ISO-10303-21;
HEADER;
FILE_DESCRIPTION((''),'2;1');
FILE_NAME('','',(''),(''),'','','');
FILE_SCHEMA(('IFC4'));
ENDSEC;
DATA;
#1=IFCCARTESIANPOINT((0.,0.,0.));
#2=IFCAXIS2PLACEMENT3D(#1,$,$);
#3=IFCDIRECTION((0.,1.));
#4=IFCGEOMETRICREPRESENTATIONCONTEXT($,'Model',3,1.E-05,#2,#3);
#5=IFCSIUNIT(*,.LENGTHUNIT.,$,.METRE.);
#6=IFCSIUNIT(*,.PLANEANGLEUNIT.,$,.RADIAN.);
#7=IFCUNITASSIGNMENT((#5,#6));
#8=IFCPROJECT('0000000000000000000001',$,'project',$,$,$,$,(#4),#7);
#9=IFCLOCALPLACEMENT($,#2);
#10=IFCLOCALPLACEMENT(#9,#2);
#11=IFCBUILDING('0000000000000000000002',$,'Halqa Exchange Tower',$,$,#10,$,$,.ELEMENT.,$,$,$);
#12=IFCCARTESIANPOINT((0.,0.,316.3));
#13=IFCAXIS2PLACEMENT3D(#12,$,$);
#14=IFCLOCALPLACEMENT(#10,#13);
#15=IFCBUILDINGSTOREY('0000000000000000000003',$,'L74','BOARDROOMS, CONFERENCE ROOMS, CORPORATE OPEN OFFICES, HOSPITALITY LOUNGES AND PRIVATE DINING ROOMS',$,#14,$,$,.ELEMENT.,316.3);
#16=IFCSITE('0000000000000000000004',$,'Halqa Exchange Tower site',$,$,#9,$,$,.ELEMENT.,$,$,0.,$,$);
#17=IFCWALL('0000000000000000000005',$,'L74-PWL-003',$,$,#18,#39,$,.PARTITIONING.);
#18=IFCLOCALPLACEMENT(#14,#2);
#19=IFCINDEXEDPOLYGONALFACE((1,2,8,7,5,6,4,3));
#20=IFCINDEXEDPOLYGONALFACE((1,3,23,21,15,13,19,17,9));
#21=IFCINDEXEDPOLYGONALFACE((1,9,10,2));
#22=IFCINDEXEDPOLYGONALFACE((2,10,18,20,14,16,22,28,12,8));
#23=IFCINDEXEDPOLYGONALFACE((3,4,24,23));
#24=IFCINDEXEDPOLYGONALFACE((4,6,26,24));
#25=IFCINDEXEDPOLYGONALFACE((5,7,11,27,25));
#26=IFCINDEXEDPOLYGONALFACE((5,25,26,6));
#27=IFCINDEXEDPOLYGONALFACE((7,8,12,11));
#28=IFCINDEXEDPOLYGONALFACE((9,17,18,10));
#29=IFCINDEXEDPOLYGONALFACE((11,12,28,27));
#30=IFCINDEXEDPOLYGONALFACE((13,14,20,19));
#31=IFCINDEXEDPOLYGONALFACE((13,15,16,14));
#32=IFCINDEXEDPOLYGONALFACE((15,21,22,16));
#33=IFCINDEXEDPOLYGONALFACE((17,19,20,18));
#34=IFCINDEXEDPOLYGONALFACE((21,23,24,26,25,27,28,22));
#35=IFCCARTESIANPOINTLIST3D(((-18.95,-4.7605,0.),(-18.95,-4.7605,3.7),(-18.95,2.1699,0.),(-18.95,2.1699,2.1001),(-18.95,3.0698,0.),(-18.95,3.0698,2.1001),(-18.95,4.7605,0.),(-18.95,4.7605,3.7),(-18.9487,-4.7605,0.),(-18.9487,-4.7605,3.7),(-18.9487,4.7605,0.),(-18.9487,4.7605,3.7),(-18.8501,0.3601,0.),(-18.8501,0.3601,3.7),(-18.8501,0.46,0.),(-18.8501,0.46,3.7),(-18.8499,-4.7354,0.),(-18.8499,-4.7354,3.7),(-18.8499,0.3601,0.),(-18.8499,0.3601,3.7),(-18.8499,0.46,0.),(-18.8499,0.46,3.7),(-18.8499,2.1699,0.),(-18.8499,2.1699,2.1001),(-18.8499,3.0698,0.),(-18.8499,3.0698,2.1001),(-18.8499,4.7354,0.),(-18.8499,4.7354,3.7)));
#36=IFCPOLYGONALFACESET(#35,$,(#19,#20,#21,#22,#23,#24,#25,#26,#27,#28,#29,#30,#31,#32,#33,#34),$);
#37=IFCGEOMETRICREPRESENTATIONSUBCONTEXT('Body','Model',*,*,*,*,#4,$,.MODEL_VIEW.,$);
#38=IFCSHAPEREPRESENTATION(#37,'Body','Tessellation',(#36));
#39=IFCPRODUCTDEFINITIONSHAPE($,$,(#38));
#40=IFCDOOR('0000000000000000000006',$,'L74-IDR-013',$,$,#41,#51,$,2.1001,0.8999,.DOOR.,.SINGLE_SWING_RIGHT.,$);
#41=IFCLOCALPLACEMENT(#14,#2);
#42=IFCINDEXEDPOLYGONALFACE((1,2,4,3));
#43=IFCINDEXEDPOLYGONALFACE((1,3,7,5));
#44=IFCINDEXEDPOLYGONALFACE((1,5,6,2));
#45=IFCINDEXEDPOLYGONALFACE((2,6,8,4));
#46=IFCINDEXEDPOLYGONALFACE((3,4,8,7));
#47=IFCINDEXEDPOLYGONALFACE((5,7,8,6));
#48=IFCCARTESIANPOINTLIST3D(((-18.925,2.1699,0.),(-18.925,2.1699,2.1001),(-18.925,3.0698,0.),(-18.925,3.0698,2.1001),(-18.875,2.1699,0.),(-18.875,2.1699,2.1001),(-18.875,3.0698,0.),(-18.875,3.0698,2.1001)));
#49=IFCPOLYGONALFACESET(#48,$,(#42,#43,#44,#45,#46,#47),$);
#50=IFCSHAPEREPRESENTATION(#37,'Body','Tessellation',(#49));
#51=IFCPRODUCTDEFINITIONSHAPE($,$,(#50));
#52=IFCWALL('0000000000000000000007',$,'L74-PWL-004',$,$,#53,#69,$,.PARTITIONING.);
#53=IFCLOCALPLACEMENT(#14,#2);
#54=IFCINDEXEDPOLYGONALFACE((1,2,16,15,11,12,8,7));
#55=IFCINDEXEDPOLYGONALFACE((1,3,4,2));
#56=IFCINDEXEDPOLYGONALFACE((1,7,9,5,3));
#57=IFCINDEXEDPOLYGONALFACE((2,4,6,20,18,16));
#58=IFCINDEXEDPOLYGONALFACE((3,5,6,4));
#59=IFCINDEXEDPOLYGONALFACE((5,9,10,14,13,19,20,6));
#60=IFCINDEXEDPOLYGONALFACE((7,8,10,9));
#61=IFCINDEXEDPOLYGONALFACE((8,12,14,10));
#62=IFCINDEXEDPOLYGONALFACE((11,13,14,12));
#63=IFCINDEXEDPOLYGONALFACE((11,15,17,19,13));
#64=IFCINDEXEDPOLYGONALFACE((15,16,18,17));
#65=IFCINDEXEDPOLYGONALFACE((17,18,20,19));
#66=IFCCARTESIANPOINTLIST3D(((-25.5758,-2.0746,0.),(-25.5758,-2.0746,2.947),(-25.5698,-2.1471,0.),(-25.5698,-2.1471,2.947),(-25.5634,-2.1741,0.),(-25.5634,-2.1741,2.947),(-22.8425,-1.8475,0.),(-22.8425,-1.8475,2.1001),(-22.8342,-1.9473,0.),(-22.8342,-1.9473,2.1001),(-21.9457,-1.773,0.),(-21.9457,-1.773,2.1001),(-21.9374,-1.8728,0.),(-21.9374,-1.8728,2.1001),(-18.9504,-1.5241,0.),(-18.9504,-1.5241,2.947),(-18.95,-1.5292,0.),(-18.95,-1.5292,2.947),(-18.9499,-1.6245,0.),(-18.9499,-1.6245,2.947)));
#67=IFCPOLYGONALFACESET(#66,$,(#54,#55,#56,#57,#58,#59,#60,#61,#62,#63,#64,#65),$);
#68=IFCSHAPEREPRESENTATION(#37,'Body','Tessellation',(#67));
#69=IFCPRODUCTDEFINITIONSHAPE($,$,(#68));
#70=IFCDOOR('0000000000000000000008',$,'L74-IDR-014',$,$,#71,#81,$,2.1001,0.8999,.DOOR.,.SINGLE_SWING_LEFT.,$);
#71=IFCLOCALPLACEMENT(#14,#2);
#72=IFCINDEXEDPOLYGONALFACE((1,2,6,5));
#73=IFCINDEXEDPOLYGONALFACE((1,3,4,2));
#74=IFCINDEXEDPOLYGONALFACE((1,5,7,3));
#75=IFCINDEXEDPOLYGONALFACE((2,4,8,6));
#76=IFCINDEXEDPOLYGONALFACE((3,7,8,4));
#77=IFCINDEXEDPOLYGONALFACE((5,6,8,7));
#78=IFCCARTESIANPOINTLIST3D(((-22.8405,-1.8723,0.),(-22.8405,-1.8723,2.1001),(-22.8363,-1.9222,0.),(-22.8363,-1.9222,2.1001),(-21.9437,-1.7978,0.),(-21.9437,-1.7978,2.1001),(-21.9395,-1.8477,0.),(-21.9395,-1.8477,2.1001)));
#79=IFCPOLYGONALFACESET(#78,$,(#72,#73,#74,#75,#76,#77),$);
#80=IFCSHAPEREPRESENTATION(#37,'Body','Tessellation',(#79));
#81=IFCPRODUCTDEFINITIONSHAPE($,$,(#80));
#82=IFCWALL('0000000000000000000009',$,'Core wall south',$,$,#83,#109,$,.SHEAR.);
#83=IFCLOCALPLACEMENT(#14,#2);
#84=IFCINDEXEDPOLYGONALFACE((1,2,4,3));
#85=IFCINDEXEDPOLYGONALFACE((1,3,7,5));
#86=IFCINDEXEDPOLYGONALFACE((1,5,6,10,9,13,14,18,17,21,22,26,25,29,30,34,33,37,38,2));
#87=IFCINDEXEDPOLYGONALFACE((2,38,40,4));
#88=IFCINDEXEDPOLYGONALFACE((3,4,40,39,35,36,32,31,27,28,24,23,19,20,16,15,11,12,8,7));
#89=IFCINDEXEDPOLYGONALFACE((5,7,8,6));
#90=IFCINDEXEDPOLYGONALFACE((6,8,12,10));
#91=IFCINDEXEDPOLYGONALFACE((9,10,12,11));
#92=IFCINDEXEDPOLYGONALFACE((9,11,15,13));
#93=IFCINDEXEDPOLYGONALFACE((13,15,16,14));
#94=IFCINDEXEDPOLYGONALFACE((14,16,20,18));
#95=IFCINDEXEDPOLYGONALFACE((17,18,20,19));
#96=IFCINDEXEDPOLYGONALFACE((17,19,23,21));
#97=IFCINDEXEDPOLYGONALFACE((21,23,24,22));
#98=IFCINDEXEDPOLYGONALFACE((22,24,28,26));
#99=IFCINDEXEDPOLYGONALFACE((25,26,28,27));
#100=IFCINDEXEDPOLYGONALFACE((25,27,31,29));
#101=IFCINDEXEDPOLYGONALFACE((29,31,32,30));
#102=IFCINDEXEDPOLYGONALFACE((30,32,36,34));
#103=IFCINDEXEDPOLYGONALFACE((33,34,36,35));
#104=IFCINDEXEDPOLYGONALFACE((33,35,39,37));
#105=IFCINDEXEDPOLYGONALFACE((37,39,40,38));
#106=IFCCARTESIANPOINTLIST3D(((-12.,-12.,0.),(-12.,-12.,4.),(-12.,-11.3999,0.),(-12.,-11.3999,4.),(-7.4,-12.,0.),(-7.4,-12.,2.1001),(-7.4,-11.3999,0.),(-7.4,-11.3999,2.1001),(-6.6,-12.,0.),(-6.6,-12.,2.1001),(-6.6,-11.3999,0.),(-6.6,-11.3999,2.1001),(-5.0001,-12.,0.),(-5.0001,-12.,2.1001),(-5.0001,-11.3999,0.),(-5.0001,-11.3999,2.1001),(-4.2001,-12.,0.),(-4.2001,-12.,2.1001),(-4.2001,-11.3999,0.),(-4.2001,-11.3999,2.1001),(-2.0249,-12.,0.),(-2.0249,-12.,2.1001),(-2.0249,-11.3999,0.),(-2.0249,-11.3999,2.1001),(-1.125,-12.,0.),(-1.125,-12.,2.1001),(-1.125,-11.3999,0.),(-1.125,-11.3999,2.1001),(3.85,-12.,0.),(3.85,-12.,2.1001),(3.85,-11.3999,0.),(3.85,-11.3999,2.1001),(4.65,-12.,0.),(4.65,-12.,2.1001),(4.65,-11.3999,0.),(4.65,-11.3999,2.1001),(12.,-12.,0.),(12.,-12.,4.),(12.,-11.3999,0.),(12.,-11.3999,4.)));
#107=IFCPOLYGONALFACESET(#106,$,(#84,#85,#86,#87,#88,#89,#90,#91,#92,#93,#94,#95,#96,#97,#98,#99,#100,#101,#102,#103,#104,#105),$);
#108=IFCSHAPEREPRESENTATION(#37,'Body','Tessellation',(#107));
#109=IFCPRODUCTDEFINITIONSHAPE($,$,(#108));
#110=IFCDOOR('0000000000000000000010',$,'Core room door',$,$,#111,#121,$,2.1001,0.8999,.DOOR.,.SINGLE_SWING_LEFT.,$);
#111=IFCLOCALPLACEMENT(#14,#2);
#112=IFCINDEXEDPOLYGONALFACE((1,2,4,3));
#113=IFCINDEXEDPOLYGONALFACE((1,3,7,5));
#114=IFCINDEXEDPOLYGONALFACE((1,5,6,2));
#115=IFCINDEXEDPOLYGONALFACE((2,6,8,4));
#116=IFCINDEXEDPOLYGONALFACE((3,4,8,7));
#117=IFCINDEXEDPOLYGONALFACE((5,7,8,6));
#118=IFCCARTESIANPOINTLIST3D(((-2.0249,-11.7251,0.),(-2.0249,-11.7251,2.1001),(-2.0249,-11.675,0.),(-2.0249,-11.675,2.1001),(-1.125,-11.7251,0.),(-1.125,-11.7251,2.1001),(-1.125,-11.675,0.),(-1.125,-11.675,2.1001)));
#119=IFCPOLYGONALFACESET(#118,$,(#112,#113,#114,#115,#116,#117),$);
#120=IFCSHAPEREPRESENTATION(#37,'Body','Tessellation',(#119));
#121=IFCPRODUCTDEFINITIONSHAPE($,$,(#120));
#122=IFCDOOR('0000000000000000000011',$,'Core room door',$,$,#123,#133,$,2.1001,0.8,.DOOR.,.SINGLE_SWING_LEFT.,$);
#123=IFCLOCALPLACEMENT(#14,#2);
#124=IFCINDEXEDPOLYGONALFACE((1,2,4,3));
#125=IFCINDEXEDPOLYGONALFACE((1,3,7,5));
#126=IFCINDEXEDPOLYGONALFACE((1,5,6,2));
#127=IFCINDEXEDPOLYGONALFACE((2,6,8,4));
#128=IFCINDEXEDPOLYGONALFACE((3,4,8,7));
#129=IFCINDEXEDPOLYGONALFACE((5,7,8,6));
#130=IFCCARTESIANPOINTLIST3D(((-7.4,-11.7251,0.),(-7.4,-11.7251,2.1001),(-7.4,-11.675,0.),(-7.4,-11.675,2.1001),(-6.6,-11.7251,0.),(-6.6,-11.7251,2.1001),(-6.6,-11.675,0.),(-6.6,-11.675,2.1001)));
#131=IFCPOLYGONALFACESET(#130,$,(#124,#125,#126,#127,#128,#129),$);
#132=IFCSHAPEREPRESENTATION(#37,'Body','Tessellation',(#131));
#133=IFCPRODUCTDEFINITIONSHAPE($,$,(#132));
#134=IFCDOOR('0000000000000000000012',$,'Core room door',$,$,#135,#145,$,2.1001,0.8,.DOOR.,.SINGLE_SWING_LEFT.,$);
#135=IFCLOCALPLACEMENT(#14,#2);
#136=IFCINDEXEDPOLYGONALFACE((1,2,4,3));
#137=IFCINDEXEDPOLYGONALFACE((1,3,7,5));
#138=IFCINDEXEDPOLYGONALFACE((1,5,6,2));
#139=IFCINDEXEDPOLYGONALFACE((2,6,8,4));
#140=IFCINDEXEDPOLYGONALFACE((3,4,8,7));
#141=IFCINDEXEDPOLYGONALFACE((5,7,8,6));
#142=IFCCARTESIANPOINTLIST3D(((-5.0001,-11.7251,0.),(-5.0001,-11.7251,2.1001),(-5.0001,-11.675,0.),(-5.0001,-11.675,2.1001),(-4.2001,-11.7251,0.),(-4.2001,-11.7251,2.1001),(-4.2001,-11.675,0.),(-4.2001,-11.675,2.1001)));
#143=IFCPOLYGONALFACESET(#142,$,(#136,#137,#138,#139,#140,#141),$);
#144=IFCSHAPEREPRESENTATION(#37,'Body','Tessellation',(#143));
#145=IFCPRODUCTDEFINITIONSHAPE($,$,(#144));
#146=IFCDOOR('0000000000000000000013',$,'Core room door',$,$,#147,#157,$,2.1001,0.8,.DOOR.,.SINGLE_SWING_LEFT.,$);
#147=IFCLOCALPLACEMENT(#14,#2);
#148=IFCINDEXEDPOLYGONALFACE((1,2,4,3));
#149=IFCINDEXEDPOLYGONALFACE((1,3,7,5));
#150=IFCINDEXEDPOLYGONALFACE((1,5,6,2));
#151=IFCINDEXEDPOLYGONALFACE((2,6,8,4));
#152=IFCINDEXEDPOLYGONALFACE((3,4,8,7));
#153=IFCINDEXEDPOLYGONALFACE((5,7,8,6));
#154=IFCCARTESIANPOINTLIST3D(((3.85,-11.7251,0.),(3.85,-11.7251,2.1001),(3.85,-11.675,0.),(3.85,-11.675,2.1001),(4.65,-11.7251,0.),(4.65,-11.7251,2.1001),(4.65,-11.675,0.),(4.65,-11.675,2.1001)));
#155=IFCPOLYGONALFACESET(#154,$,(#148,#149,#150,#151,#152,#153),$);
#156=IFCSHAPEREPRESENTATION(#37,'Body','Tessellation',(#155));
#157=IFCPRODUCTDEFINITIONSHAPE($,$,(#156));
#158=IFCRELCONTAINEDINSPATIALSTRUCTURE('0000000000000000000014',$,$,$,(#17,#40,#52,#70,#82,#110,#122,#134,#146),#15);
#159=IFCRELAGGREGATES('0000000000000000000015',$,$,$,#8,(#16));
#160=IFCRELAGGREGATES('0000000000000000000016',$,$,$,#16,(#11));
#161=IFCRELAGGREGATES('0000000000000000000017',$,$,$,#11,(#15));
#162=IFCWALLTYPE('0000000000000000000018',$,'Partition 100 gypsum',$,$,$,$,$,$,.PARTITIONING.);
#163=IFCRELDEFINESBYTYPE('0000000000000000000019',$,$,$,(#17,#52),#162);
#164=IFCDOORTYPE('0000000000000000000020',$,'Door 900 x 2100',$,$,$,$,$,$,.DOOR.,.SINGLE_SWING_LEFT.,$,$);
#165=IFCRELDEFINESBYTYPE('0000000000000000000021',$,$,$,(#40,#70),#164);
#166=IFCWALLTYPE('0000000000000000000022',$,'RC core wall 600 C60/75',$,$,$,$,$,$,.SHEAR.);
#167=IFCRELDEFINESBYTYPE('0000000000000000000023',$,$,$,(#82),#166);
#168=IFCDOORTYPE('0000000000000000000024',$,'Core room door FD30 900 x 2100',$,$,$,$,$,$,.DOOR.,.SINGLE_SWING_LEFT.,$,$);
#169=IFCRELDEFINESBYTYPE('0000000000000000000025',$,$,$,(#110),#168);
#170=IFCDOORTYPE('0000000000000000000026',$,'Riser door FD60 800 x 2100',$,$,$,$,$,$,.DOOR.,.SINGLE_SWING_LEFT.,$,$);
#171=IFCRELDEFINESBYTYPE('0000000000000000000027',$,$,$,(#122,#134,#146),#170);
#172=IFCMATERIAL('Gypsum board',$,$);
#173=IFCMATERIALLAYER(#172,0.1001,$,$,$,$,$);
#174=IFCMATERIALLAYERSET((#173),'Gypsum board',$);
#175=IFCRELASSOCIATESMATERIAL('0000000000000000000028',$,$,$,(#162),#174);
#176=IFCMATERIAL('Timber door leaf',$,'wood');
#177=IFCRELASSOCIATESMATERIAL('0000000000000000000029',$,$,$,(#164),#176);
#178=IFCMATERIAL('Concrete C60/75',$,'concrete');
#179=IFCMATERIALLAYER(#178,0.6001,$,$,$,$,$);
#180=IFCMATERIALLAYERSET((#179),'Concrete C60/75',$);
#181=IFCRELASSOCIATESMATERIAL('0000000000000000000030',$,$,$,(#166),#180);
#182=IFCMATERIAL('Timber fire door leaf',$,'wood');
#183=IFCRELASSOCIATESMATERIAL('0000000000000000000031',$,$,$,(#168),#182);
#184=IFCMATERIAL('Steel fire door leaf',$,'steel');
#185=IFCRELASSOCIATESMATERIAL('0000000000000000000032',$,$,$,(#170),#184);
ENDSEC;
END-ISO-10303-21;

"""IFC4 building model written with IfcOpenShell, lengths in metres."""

from ifc_helpers import new_model, si_unit, direction, frame, frame_2d, origin, place, context, subcontext, project, spatial, polyline, rectangle, outline, extrude, material, layer, layer_set, type_object, element, fill, save


model = new_model("IFC4")

# Units and contexts
model_context = context("Model", 3, precision=1e-05, world=origin(), true_north=direction((0.0, 1.0)))
body_context = subcontext(model_context, "Body", "Model", "MODEL_VIEW")
ifc_project = project(units=[si_unit("LENGTHUNIT", "METRE"), si_unit("PLANEANGLEUNIT", "RADIAN")], contexts=[model_context])

# Site, building, storey
site_placement = place(None, origin())
site = spatial("IfcSite", under=ifc_project, at=site_placement, Name="Halqa Exchange Tower site", CompositionType="ELEMENT", RefElevation=0.0)
building_placement = place(site_placement, origin())
building = spatial("IfcBuilding", under=site, at=building_placement, Name="Halqa Exchange Tower", CompositionType="ELEMENT")
storey_placement = place(building_placement, frame((0.0, 0.0, 316.3)))
storey = spatial("IfcBuildingStorey", under=building, at=storey_placement, Name="L74", Description="BOARDROOMS, CONFERENCE ROOMS, CORPORATE OPEN OFFICES, HOSPITALITY LOUNGES AND PRIVATE DINING ROOMS", CompositionType="ELEMENT", Elevation=316.3)

# Shared definitions
ifc_material_1 = material(Name="Concrete C60/75", Category="concrete")

# Walls, openings, doors
ifc_material_2 = material(Name="Gypsum board")
ifc_layer_1 = layer(ifc_material_2, 0.1001)
ifc_layer_set_1 = layer_set([ifc_layer_1], Name="Gypsum board")
wall_type_1 = type_object("IfcWallType", Name="Partition 100 gypsum", PredefinedType="PARTITIONING", material=ifc_layer_set_1)
wall_1_placement = place(storey_placement, frame((-18.8999, -4.7605, 0.0), z_axis=(0.0, 0.0, 1.0), x_axis=(0.0, 1.0, 0.0)))
wall_1 = element("IfcWall", 1, at=wall_1_placement, inside=storey, type_object=wall_type_1, Name="L74-PWL-003", PredefinedType="PARTITIONING", context=body_context, shape_type="SweptSolid", body=[
    extrude(outline(polyline([(0.0251, -0.05), (1.7236, -0.05), (3.4221, -0.05), (5.1206, -0.05), (5.1206, -0.0498), (5.2205, -0.0498), (5.2205, -0.05), (6.6455, -0.05), (8.0708, -0.05), (9.4958, -0.05), (9.521, 0.0488), (9.521, 0.05), (7.6167, 0.05), (5.7126, 0.05), (3.8083, 0.05), (1.9043, 0.05), (0.0, 0.05), (0.0, 0.0488), (0.0251, -0.05)])), origin(), (0.0, 0.0, 1.0), 3.7),
])
opening_1_placement = place(wall_1_placement, frame((6.9304, 0.0, 0.0)))
opening_1 = element("IfcOpeningElement", 2, at=opening_1_placement, cuts=wall_1, PredefinedType="OPENING", context=body_context, shape_type="SweptSolid", body=[
    extrude(rectangle(XDim=0.8999, YDim=2.1001, at=frame_2d((0.45, 1.05))), frame((0.0, 0.062, 0.0), z_axis=(0.0, -1.0, 0.0), x_axis=(1.0, 0.0, 0.0)), (0.0, 0.0, 1.0), 0.124),
])
ifc_material_3 = material(Name="Timber door leaf", Category="wood")
door_type_1 = type_object("IfcDoorType", Name="Door 900 x 2100", OperationType="SINGLE_SWING_LEFT", PredefinedType="DOOR", material=ifc_material_3)
door_1_placement = place(opening_1_placement, frame((0.8999, 0.0, 0.0), z_axis=(0.0, 0.0, 1.0), x_axis=(-1.0, 0.0, 0.0)))
door_1 = element("IfcDoor", 3, at=door_1_placement, inside=storey, type_object=door_type_1, Name="L74-IDR-013", OperationType="SINGLE_SWING_RIGHT", OverallHeight=2.1001, OverallWidth=0.8999, PredefinedType="DOOR", context=body_context, shape_type="SweptSolid", body=[
    extrude(rectangle(XDim=0.8999, YDim=2.1001, at=frame_2d((0.45, 1.05))), frame((0.0, 0.0249, 0.0), z_axis=(0.0, -1.0, 0.0), x_axis=(1.0, 0.0, 0.0)), (0.0, 0.0, 1.0), 0.05),
])
fill(opening_1, door_1)
wall_2_placement = place(storey_placement, frame((-18.9463, -1.574, 0.0), z_axis=(0.0, 0.0, 1.0), x_axis=(-0.996565, -0.082811, 0.0)))
wall_2 = element("IfcWall", 4, at=wall_2_placement, inside=storey, type_object=wall_type_1, Name="L74-PWL-004", PredefinedType="PARTITIONING", context=body_context, shape_type="SweptSolid", body=[
    extrude(outline(polyline([(6.6482, -0.05), (6.6482, 0.0227), (6.644, 0.05), (4.9851, 0.05), (3.3259, 0.05), (1.667, 0.05), (0.0078, 0.05), (0.0, -0.0449), (0.0, -0.05), (1.6621, -0.05), (3.3242, -0.05), (4.9861, -0.05), (6.6482, -0.05)])), origin(), (0.0, 0.0, 1.0), 2.947),
])
opening_2_placement = place(wall_2_placement, frame((3.0056, 0.0, 0.0)))
opening_2 = element("IfcOpeningElement", 5, at=opening_2_placement, cuts=wall_2, PredefinedType="OPENING", context=body_context, shape_type="SweptSolid", body=[
    extrude(rectangle(XDim=0.8999, YDim=2.1001, at=frame_2d((0.45, 1.05))), frame((0.0, 0.062, 0.0), z_axis=(0.0, -1.0, 0.0), x_axis=(1.0, 0.0, 0.0)), (0.0, 0.0, 1.0), 0.124),
])
door_2_placement = place(opening_2_placement, origin())
door_2 = element("IfcDoor", 6, at=door_2_placement, inside=storey, type_object=door_type_1, Name="L74-IDR-014", OperationType="SINGLE_SWING_LEFT", OverallHeight=2.1001, OverallWidth=0.8999, PredefinedType="DOOR", context=body_context, shape_type="SweptSolid", body=[
    extrude(rectangle(XDim=0.8999, YDim=2.1001, at=frame_2d((0.45, 1.05))), frame((0.0, 0.0249, 0.0), z_axis=(0.0, -1.0, 0.0), x_axis=(1.0, 0.0, 0.0)), (0.0, 0.0, 1.0), 0.05),
])
fill(opening_2, door_2)

# Wall, openings, doors
ifc_layer_2 = layer(ifc_material_1, 0.6001)
ifc_layer_set_2 = layer_set([ifc_layer_2], Name="Concrete C60/75")
wall_type_2 = type_object("IfcWallType", Name="RC core wall 600 C60/75", PredefinedType="SHEAR", material=ifc_layer_set_2)
wall_3_placement = place(storey_placement, frame((-12.0, -11.7, 0.0), z_axis=(0.0, 0.0, 1.0), x_axis=(1.0, 0.0, 0.0)))
wall_3 = element("IfcWall", 7, at=wall_3_placement, inside=storey, type_object=wall_type_2, Name="Core wall south", PredefinedType="SHEAR", context=body_context, shape_type="SweptSolid", body=[
    extrude(rectangle(XDim=24.0, YDim=0.6001, at=frame_2d((12.0, 0.0))), origin(), (0.0, 0.0, 1.0), 4.0),
])
opening_3_placement = place(wall_3_placement, frame((9.9751, 0.0, 0.0)))
opening_3 = element("IfcOpeningElement", 8, at=opening_3_placement, cuts=wall_3, PredefinedType="OPENING", context=body_context, shape_type="SweptSolid", body=[
    extrude(rectangle(XDim=0.8999, YDim=2.1001, at=frame_2d((0.45, 1.05))), frame((0.0, 0.312, 0.0), z_axis=(0.0, -1.0, 0.0), x_axis=(1.0, 0.0, 0.0)), (0.0, 0.0, 1.0), 0.624),
])
opening_4_placement = place(wall_3_placement, frame((4.6001, 0.0, 0.0)))
opening_4 = element("IfcOpeningElement", 9, at=opening_4_placement, cuts=wall_3, PredefinedType="OPENING", context=body_context, shape_type="SweptSolid", body=[
    extrude(rectangle(XDim=0.8, YDim=2.1001, at=frame_2d((0.3999, 1.05))), frame((0.0, 0.312, 0.0), z_axis=(0.0, -1.0, 0.0), x_axis=(1.0, 0.0, 0.0)), (0.0, 0.0, 1.0), 0.624),
])
opening_5_placement = place(wall_3_placement, frame((7.0, 0.0, 0.0)))
opening_5 = element("IfcOpeningElement", 10, at=opening_5_placement, cuts=wall_3, PredefinedType="OPENING", context=body_context, shape_type="SweptSolid", body=[
    extrude(rectangle(XDim=0.8, YDim=2.1001, at=frame_2d((0.3999, 1.05))), frame((0.0, 0.312, 0.0), z_axis=(0.0, -1.0, 0.0), x_axis=(1.0, 0.0, 0.0)), (0.0, 0.0, 1.0), 0.624),
])
opening_6_placement = place(wall_3_placement, frame((15.8501, 0.0, 0.0)))
opening_6 = element("IfcOpeningElement", 11, at=opening_6_placement, cuts=wall_3, PredefinedType="OPENING", context=body_context, shape_type="SweptSolid", body=[
    extrude(rectangle(XDim=0.8, YDim=2.1001, at=frame_2d((0.3999, 1.05))), frame((0.0, 0.312, 0.0), z_axis=(0.0, -1.0, 0.0), x_axis=(1.0, 0.0, 0.0)), (0.0, 0.0, 1.0), 0.624),
])
ifc_material_4 = material(Name="Timber fire door leaf", Category="wood")
door_type_2 = type_object("IfcDoorType", Name="Core room door FD30 900 x 2100", OperationType="SINGLE_SWING_LEFT", PredefinedType="DOOR", material=ifc_material_4)
door_3_placement = place(opening_3_placement, origin())
door_3 = element("IfcDoor", 12, at=door_3_placement, inside=storey, type_object=door_type_2, Name="Core room door", OperationType="SINGLE_SWING_LEFT", OverallHeight=2.1001, OverallWidth=0.8999, PredefinedType="DOOR", context=body_context, shape_type="SweptSolid", body=[
    extrude(rectangle(XDim=0.8999, YDim=2.1001, at=frame_2d((0.45, 1.05))), frame((0.0, 0.0249, 0.0), z_axis=(0.0, -1.0, 0.0), x_axis=(1.0, 0.0, 0.0)), (0.0, 0.0, 1.0), 0.05),
])
fill(opening_3, door_3)
ifc_material_5 = material(Name="Steel fire door leaf", Category="steel")
door_type_3 = type_object("IfcDoorType", Name="Riser door FD60 800 x 2100", OperationType="SINGLE_SWING_LEFT", PredefinedType="DOOR", material=ifc_material_5)
door_4_placement = place(opening_4_placement, origin())
door_4 = element("IfcDoor", 13, at=door_4_placement, inside=storey, type_object=door_type_3, Name="Core room door", OperationType="SINGLE_SWING_LEFT", OverallHeight=2.1001, OverallWidth=0.8, PredefinedType="DOOR", context=body_context, shape_type="SweptSolid", body=[
    extrude(rectangle(XDim=0.8, YDim=2.1001, at=frame_2d((0.3999, 1.05))), frame((0.0, 0.0249, 0.0), z_axis=(0.0, -1.0, 0.0), x_axis=(1.0, 0.0, 0.0)), (0.0, 0.0, 1.0), 0.05),
])
fill(opening_4, door_4)
door_5_placement = place(opening_5_placement, origin())
door_5 = element("IfcDoor", 14, at=door_5_placement, inside=storey, type_object=door_type_3, Name="Core room door", OperationType="SINGLE_SWING_LEFT", OverallHeight=2.1001, OverallWidth=0.8, PredefinedType="DOOR", context=body_context, shape_type="SweptSolid", body=[
    extrude(rectangle(XDim=0.8, YDim=2.1001, at=frame_2d((0.3999, 1.05))), frame((0.0, 0.0249, 0.0), z_axis=(0.0, -1.0, 0.0), x_axis=(1.0, 0.0, 0.0)), (0.0, 0.0, 1.0), 0.05),
])
fill(opening_5, door_5)
door_6_placement = place(opening_6_placement, origin())
door_6 = element("IfcDoor", 15, at=door_6_placement, inside=storey, type_object=door_type_3, Name="Core room door", OperationType="SINGLE_SWING_LEFT", OverallHeight=2.1001, OverallWidth=0.8, PredefinedType="DOOR", context=body_context, shape_type="SweptSolid", body=[
    extrude(rectangle(XDim=0.8, YDim=2.1001, at=frame_2d((0.3999, 1.05))), frame((0.0, 0.0249, 0.0), z_axis=(0.0, -1.0, 0.0), x_axis=(1.0, 0.0, 0.0)), (0.0, 0.0, 1.0), 0.05),
])
fill(opening_6, door_6)

save(model, "model.ifc")
